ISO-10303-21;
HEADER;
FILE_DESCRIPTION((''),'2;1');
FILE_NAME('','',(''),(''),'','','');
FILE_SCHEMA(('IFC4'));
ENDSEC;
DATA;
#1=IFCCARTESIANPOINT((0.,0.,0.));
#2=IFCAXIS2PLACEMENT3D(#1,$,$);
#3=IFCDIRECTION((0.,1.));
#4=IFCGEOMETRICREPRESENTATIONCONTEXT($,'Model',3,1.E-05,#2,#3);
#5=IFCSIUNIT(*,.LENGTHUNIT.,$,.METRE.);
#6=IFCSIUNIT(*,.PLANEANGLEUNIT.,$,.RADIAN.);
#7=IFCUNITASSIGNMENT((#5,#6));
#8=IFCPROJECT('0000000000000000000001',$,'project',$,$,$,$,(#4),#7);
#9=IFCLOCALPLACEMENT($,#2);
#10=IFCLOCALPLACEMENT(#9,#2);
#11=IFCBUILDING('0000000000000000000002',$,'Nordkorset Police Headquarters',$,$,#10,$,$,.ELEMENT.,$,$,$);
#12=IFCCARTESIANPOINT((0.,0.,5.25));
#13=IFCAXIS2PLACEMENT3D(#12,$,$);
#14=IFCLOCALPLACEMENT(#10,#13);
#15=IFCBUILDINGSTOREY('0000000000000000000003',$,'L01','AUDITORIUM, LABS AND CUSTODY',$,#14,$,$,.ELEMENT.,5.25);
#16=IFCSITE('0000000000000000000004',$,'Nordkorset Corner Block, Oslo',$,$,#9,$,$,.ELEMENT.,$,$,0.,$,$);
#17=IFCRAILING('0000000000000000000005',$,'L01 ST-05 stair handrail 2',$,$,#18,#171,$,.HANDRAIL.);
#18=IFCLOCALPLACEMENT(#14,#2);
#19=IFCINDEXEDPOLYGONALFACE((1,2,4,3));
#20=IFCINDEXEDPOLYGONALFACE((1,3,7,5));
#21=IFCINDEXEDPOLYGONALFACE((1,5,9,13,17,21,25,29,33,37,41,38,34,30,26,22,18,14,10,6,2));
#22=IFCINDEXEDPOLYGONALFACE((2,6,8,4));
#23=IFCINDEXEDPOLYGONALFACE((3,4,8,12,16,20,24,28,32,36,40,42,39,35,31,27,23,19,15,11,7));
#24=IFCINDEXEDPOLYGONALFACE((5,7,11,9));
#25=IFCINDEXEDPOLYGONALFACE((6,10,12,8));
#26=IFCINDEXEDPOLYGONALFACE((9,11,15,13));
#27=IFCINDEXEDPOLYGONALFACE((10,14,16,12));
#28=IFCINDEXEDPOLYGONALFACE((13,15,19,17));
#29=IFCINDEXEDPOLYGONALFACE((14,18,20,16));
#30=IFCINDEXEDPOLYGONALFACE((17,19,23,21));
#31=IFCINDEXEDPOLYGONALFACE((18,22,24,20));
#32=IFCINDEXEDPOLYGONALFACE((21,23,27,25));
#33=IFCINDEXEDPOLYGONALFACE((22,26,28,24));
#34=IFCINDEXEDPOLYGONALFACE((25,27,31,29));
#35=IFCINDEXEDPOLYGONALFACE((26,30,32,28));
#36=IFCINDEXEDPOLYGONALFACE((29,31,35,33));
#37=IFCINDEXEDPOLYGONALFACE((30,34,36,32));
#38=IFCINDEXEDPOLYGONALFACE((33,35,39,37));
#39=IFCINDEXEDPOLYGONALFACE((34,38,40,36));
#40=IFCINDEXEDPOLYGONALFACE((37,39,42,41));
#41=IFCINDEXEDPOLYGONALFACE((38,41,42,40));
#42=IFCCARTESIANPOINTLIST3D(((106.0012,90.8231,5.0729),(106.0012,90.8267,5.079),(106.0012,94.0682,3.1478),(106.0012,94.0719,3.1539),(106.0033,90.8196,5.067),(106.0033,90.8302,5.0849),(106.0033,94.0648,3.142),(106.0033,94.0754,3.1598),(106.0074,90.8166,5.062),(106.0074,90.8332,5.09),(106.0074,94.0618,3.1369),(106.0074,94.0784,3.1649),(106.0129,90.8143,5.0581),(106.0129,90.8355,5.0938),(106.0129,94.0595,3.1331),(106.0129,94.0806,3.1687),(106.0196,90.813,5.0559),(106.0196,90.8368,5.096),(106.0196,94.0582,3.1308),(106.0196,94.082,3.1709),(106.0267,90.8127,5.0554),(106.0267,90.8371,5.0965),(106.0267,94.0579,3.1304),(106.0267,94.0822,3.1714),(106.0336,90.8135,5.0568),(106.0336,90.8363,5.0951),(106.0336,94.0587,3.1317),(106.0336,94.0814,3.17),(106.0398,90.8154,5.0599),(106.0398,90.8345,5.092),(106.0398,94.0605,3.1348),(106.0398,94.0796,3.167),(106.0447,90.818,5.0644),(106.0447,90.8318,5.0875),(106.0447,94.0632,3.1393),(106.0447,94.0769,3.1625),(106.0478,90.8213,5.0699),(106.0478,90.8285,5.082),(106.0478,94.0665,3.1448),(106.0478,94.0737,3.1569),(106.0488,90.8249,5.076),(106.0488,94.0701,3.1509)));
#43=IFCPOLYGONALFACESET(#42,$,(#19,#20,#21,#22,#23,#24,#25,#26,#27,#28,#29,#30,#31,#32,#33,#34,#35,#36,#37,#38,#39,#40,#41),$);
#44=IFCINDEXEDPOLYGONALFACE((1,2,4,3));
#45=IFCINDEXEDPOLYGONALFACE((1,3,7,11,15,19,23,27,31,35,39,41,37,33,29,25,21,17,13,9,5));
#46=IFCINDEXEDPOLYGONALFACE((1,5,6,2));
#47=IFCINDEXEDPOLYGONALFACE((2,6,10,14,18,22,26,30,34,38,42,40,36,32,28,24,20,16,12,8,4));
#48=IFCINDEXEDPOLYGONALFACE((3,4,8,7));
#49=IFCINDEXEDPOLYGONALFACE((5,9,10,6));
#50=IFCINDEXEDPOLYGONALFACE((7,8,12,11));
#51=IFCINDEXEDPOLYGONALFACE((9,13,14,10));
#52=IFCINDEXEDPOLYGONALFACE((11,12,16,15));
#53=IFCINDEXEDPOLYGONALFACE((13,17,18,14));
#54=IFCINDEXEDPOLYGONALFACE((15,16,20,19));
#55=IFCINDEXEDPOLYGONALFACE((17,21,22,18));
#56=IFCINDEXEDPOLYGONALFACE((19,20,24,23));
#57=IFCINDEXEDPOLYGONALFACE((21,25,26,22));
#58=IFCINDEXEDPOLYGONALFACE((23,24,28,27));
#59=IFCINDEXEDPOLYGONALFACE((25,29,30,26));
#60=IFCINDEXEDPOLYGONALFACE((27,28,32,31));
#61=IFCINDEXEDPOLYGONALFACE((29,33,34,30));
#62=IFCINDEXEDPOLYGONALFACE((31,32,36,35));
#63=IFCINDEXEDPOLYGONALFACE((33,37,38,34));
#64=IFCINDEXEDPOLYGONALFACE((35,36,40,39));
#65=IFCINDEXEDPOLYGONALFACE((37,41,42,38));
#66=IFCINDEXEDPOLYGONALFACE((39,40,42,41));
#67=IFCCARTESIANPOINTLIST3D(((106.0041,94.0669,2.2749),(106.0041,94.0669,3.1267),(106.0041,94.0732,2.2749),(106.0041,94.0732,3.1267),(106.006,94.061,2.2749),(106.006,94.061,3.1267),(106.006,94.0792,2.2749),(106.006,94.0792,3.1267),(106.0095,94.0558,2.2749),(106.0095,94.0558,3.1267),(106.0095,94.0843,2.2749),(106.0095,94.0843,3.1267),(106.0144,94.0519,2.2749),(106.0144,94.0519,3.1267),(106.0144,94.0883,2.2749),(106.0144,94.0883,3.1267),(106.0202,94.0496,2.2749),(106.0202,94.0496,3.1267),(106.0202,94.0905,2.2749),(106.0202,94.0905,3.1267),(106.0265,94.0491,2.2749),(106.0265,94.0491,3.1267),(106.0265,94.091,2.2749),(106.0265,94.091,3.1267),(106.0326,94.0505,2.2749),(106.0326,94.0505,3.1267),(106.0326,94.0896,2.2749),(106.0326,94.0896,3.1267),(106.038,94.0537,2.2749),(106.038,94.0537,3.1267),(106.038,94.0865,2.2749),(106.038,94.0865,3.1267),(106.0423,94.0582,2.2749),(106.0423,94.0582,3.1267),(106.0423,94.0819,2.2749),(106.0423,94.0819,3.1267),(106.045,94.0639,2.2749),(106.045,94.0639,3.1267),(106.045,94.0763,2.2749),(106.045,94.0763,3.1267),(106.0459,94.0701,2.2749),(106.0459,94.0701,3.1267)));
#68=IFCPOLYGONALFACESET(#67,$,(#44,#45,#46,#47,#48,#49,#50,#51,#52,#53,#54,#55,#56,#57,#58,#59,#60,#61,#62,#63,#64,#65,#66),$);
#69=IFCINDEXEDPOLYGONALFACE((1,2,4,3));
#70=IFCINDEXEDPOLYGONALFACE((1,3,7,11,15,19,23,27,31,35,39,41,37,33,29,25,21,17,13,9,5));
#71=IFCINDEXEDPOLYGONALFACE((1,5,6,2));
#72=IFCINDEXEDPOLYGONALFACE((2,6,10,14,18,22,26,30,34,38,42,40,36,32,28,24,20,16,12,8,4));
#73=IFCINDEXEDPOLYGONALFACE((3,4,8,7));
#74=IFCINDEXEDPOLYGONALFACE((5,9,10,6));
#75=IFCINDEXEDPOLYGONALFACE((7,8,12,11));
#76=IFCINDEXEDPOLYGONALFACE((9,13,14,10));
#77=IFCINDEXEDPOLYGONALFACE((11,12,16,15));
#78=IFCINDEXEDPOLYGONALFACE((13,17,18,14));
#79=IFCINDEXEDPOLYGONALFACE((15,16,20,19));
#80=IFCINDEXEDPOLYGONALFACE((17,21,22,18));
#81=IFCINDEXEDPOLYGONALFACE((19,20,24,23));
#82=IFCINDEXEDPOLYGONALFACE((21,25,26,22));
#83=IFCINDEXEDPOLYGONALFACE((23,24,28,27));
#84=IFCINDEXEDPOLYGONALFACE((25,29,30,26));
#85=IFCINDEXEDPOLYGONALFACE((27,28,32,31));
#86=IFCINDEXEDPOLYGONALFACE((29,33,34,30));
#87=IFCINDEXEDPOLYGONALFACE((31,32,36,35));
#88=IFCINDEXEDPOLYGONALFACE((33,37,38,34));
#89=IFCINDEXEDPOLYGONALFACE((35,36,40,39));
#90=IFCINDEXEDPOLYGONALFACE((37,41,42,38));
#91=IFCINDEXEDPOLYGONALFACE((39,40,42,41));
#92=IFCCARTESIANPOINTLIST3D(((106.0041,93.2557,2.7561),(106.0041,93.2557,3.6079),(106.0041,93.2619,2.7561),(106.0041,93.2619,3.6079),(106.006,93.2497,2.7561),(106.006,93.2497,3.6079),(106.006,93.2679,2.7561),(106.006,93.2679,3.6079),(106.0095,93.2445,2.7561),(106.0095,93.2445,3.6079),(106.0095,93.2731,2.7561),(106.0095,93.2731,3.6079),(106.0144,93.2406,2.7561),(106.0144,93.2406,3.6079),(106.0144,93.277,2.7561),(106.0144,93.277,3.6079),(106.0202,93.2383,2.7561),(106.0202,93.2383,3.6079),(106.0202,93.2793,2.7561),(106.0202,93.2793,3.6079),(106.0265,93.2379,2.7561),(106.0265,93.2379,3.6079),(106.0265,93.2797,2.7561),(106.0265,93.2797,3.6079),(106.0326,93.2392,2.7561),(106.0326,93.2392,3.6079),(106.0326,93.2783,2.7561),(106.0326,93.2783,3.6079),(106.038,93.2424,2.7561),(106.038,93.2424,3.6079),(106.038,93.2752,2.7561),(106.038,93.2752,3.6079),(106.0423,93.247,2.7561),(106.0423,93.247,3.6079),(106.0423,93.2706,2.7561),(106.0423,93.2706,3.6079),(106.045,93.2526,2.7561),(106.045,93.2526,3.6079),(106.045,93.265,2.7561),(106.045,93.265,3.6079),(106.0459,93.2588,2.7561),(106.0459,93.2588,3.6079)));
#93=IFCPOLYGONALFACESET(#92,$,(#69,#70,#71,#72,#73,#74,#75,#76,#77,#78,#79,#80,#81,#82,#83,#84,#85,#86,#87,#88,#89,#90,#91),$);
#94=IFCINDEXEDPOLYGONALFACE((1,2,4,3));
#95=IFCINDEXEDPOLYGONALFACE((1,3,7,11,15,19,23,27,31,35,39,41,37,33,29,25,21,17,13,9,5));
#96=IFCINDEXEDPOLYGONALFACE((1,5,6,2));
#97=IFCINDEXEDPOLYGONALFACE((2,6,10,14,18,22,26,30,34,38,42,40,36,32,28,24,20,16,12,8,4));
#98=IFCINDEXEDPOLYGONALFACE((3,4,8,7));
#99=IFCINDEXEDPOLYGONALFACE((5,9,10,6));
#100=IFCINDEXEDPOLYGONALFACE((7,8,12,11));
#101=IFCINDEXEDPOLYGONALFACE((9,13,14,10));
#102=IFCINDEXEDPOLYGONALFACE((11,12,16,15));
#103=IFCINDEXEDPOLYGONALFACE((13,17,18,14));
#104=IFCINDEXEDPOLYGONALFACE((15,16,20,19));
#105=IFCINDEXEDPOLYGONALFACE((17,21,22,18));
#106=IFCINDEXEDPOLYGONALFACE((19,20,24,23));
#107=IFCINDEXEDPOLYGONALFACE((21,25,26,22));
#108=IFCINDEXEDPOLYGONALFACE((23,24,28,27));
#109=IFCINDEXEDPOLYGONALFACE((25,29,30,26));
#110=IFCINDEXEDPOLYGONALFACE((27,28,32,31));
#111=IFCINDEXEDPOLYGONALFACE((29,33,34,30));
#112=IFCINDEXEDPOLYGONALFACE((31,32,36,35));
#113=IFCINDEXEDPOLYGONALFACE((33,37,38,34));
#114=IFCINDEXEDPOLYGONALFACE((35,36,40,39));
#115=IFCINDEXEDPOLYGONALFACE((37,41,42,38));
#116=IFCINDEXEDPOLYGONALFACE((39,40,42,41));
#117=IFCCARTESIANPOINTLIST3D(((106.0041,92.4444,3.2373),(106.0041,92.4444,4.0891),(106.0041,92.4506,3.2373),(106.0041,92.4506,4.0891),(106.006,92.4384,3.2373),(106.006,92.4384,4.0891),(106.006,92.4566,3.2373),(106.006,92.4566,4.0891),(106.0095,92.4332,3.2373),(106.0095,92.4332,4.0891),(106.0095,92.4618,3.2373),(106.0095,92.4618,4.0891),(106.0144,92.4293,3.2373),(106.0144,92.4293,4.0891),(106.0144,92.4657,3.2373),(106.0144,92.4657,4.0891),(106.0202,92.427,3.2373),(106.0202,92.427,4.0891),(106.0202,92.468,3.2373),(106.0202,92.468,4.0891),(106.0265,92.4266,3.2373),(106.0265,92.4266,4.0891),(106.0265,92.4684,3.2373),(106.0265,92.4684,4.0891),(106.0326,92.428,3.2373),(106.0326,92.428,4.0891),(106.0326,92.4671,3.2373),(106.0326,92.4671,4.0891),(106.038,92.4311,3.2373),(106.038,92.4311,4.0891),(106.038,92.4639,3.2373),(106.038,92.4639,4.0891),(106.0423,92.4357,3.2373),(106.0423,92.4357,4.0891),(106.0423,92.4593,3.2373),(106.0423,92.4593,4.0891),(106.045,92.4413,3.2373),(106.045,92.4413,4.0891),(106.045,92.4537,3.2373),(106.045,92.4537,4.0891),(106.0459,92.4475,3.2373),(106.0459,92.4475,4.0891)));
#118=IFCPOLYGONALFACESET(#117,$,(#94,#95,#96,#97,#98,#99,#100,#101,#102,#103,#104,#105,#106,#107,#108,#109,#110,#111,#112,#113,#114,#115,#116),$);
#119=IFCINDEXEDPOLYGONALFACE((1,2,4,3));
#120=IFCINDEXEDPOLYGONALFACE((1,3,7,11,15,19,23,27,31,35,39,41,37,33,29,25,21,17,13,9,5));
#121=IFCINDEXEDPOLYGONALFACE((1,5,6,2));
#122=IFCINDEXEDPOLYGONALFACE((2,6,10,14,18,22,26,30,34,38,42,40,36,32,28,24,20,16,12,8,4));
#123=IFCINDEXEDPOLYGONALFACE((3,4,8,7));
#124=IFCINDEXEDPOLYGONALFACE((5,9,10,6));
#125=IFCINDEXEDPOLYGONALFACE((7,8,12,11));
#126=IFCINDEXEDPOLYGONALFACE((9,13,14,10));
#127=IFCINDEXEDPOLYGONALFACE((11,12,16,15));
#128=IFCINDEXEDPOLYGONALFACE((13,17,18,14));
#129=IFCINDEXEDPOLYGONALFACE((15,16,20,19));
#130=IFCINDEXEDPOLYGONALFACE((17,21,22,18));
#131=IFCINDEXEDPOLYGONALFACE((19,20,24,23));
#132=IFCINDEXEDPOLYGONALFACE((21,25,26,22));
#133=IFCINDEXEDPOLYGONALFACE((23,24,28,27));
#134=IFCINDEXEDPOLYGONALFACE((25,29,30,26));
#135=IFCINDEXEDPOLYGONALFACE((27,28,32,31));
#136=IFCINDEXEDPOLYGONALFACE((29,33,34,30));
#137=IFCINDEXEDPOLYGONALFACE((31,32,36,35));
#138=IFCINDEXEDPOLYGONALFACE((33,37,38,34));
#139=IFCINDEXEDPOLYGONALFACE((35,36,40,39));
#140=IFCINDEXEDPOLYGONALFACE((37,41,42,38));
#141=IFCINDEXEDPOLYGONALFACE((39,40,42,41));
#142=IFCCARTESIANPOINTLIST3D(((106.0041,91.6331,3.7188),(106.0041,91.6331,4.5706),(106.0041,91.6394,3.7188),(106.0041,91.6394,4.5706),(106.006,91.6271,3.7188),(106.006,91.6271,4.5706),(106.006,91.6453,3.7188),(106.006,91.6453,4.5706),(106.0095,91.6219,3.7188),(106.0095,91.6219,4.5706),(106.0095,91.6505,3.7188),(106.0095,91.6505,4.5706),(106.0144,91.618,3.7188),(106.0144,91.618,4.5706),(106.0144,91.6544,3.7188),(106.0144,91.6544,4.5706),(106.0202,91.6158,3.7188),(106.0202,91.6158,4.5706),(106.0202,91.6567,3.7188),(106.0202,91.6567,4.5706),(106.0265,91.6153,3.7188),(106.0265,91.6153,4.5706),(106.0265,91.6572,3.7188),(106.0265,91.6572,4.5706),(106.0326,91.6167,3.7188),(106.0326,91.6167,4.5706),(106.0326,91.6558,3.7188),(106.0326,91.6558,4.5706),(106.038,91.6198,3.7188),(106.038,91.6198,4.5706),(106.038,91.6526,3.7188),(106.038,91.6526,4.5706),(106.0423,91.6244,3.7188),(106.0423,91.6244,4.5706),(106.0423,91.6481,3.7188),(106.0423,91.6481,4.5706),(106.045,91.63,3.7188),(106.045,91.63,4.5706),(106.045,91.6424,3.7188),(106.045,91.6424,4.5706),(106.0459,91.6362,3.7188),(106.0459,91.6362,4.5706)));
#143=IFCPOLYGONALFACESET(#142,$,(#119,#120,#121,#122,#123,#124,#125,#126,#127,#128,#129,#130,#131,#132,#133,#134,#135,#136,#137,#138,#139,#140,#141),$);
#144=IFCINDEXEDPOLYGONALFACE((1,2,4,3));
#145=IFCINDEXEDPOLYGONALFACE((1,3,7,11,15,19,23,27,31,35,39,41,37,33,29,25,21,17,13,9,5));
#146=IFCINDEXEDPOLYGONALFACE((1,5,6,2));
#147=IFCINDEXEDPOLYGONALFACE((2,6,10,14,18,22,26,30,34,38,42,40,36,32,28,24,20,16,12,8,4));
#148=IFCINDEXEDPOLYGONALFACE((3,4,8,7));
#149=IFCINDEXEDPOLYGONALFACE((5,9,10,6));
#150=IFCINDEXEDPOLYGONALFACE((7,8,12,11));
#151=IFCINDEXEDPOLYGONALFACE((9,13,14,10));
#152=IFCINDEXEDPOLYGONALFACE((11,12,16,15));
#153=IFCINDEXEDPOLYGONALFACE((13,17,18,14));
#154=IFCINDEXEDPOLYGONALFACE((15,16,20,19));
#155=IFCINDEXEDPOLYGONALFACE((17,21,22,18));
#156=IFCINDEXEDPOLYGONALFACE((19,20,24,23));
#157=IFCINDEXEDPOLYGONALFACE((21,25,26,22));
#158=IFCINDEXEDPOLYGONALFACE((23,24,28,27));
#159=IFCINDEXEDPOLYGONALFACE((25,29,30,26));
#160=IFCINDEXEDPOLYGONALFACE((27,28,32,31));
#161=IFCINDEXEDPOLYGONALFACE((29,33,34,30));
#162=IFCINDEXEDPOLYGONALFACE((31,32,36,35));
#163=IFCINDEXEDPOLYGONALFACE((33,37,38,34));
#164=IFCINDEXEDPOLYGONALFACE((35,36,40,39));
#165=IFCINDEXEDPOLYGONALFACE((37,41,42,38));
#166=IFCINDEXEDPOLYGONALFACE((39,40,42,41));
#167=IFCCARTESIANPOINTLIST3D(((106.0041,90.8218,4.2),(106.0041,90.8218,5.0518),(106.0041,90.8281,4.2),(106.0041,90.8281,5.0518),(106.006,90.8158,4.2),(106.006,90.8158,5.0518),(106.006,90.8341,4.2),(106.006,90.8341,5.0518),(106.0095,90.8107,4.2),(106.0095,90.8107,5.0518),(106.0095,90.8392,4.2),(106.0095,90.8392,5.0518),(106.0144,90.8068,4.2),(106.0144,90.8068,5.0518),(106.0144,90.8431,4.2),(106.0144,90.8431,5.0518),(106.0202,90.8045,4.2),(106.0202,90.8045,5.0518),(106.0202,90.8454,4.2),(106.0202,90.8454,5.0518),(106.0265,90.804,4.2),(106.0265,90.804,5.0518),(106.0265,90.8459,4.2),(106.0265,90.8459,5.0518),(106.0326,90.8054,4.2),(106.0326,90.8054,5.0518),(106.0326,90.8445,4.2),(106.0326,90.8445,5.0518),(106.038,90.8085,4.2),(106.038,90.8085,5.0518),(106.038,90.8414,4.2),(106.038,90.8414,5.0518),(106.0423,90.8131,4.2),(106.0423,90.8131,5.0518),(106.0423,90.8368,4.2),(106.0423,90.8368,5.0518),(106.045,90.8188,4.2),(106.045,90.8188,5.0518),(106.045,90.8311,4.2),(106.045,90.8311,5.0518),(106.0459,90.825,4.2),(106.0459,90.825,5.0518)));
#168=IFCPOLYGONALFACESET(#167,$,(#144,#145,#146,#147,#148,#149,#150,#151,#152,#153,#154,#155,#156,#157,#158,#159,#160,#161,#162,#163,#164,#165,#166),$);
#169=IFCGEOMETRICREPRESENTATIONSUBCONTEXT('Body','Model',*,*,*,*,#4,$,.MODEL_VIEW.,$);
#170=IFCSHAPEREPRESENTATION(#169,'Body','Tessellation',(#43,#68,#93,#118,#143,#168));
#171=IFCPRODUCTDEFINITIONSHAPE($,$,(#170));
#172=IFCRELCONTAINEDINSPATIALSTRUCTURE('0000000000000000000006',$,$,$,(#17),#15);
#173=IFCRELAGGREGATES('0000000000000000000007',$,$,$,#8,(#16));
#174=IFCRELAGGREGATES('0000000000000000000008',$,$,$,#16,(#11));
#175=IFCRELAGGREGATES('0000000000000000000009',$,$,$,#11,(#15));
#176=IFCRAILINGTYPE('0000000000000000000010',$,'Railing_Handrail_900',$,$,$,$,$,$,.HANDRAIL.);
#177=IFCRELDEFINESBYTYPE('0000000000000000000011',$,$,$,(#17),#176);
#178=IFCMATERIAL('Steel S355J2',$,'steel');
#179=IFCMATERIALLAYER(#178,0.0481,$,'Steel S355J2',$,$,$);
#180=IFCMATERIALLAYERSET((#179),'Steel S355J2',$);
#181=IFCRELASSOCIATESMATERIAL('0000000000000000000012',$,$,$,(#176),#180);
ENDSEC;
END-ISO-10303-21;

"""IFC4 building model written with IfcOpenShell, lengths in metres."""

from ifc_helpers import new_model, si_unit, direction, frame, origin, origin_2d, place, context, subcontext, project, spatial, circle, extrude, material, layer, layer_set, type_object, element, save


model = new_model("IFC4")

# Units and contexts
model_context = context("Model", 3, precision=1e-05, world=origin(), true_north=direction((0.0, 1.0)))
body_context = subcontext(model_context, "Body", "Model", "MODEL_VIEW")
ifc_project = project(units=[si_unit("LENGTHUNIT", "METRE"), si_unit("PLANEANGLEUNIT", "RADIAN")], contexts=[model_context])

# Site, building, storey
site_placement = place(None, origin())
site = spatial("IfcSite", under=ifc_project, at=site_placement, Name="Nordkorset Corner Block, Oslo", CompositionType="ELEMENT", RefElevation=0.0)
building_placement = place(site_placement, origin())
building = spatial("IfcBuilding", under=site, at=building_placement, Name="Nordkorset Police Headquarters", CompositionType="ELEMENT")
storey_placement = place(building_placement, frame((0.0, 0.0, 5.25)))
storey = spatial("IfcBuildingStorey", under=building, at=storey_placement, Name="L01", Description="AUDITORIUM, LABS AND CUSTODY", CompositionType="ELEMENT", Elevation=5.25)

# Railing
ifc_material_1 = material(Name="Steel S355J2", Category="steel")
ifc_layer_1 = layer(ifc_material_1, 0.0481, Name="Steel S355J2")
ifc_layer_set_1 = layer_set([ifc_layer_1], Name="Steel S355J2")
railing_type_1 = type_object("IfcRailingType", Name="Railing_Handrail_900", PredefinedType="HANDRAIL", material=ifc_layer_set_1)
railing_1_placement = place(storey_placement, frame((106.0249, 94.0701, 2.2749)))
element("IfcRailing", 1, at=railing_1_placement, inside=storey, type_object=railing_type_1, Name="L01 ST-05 stair handrail 2", PredefinedType="HANDRAIL", context=body_context, shape_type="SweptSolid", body=[
    extrude(circle(Radius=0.0239, at=origin_2d()), frame((0.0, 0.0, 0.876), z_axis=(0.0, -0.860057, 0.510198), x_axis=(1.0, 0.0, 0.0)), (0.0, 0.0, 1.0), 3.7732),
    extrude(circle(Radius=0.021, at=origin_2d()), origin(), (0.0, 0.0, 1.0), 0.8518),
    extrude(circle(Radius=0.021, at=origin_2d()), frame((0.0, -0.8113, 0.4812)), (0.0, 0.0, 1.0), 0.8518),
    extrude(circle(Radius=0.021, at=origin_2d()), frame((0.0, -1.6226, 0.9624)), (0.0, 0.0, 1.0), 0.8518),
    extrude(circle(Radius=0.021, at=origin_2d()), frame((0.0, -2.4338, 1.4438)), (0.0, 0.0, 1.0), 0.8518),
    extrude(circle(Radius=0.021, at=origin_2d()), frame((0.0, -3.2451, 1.925)), (0.0, 0.0, 1.0), 0.8518),
])

save(model, "model.ifc")
